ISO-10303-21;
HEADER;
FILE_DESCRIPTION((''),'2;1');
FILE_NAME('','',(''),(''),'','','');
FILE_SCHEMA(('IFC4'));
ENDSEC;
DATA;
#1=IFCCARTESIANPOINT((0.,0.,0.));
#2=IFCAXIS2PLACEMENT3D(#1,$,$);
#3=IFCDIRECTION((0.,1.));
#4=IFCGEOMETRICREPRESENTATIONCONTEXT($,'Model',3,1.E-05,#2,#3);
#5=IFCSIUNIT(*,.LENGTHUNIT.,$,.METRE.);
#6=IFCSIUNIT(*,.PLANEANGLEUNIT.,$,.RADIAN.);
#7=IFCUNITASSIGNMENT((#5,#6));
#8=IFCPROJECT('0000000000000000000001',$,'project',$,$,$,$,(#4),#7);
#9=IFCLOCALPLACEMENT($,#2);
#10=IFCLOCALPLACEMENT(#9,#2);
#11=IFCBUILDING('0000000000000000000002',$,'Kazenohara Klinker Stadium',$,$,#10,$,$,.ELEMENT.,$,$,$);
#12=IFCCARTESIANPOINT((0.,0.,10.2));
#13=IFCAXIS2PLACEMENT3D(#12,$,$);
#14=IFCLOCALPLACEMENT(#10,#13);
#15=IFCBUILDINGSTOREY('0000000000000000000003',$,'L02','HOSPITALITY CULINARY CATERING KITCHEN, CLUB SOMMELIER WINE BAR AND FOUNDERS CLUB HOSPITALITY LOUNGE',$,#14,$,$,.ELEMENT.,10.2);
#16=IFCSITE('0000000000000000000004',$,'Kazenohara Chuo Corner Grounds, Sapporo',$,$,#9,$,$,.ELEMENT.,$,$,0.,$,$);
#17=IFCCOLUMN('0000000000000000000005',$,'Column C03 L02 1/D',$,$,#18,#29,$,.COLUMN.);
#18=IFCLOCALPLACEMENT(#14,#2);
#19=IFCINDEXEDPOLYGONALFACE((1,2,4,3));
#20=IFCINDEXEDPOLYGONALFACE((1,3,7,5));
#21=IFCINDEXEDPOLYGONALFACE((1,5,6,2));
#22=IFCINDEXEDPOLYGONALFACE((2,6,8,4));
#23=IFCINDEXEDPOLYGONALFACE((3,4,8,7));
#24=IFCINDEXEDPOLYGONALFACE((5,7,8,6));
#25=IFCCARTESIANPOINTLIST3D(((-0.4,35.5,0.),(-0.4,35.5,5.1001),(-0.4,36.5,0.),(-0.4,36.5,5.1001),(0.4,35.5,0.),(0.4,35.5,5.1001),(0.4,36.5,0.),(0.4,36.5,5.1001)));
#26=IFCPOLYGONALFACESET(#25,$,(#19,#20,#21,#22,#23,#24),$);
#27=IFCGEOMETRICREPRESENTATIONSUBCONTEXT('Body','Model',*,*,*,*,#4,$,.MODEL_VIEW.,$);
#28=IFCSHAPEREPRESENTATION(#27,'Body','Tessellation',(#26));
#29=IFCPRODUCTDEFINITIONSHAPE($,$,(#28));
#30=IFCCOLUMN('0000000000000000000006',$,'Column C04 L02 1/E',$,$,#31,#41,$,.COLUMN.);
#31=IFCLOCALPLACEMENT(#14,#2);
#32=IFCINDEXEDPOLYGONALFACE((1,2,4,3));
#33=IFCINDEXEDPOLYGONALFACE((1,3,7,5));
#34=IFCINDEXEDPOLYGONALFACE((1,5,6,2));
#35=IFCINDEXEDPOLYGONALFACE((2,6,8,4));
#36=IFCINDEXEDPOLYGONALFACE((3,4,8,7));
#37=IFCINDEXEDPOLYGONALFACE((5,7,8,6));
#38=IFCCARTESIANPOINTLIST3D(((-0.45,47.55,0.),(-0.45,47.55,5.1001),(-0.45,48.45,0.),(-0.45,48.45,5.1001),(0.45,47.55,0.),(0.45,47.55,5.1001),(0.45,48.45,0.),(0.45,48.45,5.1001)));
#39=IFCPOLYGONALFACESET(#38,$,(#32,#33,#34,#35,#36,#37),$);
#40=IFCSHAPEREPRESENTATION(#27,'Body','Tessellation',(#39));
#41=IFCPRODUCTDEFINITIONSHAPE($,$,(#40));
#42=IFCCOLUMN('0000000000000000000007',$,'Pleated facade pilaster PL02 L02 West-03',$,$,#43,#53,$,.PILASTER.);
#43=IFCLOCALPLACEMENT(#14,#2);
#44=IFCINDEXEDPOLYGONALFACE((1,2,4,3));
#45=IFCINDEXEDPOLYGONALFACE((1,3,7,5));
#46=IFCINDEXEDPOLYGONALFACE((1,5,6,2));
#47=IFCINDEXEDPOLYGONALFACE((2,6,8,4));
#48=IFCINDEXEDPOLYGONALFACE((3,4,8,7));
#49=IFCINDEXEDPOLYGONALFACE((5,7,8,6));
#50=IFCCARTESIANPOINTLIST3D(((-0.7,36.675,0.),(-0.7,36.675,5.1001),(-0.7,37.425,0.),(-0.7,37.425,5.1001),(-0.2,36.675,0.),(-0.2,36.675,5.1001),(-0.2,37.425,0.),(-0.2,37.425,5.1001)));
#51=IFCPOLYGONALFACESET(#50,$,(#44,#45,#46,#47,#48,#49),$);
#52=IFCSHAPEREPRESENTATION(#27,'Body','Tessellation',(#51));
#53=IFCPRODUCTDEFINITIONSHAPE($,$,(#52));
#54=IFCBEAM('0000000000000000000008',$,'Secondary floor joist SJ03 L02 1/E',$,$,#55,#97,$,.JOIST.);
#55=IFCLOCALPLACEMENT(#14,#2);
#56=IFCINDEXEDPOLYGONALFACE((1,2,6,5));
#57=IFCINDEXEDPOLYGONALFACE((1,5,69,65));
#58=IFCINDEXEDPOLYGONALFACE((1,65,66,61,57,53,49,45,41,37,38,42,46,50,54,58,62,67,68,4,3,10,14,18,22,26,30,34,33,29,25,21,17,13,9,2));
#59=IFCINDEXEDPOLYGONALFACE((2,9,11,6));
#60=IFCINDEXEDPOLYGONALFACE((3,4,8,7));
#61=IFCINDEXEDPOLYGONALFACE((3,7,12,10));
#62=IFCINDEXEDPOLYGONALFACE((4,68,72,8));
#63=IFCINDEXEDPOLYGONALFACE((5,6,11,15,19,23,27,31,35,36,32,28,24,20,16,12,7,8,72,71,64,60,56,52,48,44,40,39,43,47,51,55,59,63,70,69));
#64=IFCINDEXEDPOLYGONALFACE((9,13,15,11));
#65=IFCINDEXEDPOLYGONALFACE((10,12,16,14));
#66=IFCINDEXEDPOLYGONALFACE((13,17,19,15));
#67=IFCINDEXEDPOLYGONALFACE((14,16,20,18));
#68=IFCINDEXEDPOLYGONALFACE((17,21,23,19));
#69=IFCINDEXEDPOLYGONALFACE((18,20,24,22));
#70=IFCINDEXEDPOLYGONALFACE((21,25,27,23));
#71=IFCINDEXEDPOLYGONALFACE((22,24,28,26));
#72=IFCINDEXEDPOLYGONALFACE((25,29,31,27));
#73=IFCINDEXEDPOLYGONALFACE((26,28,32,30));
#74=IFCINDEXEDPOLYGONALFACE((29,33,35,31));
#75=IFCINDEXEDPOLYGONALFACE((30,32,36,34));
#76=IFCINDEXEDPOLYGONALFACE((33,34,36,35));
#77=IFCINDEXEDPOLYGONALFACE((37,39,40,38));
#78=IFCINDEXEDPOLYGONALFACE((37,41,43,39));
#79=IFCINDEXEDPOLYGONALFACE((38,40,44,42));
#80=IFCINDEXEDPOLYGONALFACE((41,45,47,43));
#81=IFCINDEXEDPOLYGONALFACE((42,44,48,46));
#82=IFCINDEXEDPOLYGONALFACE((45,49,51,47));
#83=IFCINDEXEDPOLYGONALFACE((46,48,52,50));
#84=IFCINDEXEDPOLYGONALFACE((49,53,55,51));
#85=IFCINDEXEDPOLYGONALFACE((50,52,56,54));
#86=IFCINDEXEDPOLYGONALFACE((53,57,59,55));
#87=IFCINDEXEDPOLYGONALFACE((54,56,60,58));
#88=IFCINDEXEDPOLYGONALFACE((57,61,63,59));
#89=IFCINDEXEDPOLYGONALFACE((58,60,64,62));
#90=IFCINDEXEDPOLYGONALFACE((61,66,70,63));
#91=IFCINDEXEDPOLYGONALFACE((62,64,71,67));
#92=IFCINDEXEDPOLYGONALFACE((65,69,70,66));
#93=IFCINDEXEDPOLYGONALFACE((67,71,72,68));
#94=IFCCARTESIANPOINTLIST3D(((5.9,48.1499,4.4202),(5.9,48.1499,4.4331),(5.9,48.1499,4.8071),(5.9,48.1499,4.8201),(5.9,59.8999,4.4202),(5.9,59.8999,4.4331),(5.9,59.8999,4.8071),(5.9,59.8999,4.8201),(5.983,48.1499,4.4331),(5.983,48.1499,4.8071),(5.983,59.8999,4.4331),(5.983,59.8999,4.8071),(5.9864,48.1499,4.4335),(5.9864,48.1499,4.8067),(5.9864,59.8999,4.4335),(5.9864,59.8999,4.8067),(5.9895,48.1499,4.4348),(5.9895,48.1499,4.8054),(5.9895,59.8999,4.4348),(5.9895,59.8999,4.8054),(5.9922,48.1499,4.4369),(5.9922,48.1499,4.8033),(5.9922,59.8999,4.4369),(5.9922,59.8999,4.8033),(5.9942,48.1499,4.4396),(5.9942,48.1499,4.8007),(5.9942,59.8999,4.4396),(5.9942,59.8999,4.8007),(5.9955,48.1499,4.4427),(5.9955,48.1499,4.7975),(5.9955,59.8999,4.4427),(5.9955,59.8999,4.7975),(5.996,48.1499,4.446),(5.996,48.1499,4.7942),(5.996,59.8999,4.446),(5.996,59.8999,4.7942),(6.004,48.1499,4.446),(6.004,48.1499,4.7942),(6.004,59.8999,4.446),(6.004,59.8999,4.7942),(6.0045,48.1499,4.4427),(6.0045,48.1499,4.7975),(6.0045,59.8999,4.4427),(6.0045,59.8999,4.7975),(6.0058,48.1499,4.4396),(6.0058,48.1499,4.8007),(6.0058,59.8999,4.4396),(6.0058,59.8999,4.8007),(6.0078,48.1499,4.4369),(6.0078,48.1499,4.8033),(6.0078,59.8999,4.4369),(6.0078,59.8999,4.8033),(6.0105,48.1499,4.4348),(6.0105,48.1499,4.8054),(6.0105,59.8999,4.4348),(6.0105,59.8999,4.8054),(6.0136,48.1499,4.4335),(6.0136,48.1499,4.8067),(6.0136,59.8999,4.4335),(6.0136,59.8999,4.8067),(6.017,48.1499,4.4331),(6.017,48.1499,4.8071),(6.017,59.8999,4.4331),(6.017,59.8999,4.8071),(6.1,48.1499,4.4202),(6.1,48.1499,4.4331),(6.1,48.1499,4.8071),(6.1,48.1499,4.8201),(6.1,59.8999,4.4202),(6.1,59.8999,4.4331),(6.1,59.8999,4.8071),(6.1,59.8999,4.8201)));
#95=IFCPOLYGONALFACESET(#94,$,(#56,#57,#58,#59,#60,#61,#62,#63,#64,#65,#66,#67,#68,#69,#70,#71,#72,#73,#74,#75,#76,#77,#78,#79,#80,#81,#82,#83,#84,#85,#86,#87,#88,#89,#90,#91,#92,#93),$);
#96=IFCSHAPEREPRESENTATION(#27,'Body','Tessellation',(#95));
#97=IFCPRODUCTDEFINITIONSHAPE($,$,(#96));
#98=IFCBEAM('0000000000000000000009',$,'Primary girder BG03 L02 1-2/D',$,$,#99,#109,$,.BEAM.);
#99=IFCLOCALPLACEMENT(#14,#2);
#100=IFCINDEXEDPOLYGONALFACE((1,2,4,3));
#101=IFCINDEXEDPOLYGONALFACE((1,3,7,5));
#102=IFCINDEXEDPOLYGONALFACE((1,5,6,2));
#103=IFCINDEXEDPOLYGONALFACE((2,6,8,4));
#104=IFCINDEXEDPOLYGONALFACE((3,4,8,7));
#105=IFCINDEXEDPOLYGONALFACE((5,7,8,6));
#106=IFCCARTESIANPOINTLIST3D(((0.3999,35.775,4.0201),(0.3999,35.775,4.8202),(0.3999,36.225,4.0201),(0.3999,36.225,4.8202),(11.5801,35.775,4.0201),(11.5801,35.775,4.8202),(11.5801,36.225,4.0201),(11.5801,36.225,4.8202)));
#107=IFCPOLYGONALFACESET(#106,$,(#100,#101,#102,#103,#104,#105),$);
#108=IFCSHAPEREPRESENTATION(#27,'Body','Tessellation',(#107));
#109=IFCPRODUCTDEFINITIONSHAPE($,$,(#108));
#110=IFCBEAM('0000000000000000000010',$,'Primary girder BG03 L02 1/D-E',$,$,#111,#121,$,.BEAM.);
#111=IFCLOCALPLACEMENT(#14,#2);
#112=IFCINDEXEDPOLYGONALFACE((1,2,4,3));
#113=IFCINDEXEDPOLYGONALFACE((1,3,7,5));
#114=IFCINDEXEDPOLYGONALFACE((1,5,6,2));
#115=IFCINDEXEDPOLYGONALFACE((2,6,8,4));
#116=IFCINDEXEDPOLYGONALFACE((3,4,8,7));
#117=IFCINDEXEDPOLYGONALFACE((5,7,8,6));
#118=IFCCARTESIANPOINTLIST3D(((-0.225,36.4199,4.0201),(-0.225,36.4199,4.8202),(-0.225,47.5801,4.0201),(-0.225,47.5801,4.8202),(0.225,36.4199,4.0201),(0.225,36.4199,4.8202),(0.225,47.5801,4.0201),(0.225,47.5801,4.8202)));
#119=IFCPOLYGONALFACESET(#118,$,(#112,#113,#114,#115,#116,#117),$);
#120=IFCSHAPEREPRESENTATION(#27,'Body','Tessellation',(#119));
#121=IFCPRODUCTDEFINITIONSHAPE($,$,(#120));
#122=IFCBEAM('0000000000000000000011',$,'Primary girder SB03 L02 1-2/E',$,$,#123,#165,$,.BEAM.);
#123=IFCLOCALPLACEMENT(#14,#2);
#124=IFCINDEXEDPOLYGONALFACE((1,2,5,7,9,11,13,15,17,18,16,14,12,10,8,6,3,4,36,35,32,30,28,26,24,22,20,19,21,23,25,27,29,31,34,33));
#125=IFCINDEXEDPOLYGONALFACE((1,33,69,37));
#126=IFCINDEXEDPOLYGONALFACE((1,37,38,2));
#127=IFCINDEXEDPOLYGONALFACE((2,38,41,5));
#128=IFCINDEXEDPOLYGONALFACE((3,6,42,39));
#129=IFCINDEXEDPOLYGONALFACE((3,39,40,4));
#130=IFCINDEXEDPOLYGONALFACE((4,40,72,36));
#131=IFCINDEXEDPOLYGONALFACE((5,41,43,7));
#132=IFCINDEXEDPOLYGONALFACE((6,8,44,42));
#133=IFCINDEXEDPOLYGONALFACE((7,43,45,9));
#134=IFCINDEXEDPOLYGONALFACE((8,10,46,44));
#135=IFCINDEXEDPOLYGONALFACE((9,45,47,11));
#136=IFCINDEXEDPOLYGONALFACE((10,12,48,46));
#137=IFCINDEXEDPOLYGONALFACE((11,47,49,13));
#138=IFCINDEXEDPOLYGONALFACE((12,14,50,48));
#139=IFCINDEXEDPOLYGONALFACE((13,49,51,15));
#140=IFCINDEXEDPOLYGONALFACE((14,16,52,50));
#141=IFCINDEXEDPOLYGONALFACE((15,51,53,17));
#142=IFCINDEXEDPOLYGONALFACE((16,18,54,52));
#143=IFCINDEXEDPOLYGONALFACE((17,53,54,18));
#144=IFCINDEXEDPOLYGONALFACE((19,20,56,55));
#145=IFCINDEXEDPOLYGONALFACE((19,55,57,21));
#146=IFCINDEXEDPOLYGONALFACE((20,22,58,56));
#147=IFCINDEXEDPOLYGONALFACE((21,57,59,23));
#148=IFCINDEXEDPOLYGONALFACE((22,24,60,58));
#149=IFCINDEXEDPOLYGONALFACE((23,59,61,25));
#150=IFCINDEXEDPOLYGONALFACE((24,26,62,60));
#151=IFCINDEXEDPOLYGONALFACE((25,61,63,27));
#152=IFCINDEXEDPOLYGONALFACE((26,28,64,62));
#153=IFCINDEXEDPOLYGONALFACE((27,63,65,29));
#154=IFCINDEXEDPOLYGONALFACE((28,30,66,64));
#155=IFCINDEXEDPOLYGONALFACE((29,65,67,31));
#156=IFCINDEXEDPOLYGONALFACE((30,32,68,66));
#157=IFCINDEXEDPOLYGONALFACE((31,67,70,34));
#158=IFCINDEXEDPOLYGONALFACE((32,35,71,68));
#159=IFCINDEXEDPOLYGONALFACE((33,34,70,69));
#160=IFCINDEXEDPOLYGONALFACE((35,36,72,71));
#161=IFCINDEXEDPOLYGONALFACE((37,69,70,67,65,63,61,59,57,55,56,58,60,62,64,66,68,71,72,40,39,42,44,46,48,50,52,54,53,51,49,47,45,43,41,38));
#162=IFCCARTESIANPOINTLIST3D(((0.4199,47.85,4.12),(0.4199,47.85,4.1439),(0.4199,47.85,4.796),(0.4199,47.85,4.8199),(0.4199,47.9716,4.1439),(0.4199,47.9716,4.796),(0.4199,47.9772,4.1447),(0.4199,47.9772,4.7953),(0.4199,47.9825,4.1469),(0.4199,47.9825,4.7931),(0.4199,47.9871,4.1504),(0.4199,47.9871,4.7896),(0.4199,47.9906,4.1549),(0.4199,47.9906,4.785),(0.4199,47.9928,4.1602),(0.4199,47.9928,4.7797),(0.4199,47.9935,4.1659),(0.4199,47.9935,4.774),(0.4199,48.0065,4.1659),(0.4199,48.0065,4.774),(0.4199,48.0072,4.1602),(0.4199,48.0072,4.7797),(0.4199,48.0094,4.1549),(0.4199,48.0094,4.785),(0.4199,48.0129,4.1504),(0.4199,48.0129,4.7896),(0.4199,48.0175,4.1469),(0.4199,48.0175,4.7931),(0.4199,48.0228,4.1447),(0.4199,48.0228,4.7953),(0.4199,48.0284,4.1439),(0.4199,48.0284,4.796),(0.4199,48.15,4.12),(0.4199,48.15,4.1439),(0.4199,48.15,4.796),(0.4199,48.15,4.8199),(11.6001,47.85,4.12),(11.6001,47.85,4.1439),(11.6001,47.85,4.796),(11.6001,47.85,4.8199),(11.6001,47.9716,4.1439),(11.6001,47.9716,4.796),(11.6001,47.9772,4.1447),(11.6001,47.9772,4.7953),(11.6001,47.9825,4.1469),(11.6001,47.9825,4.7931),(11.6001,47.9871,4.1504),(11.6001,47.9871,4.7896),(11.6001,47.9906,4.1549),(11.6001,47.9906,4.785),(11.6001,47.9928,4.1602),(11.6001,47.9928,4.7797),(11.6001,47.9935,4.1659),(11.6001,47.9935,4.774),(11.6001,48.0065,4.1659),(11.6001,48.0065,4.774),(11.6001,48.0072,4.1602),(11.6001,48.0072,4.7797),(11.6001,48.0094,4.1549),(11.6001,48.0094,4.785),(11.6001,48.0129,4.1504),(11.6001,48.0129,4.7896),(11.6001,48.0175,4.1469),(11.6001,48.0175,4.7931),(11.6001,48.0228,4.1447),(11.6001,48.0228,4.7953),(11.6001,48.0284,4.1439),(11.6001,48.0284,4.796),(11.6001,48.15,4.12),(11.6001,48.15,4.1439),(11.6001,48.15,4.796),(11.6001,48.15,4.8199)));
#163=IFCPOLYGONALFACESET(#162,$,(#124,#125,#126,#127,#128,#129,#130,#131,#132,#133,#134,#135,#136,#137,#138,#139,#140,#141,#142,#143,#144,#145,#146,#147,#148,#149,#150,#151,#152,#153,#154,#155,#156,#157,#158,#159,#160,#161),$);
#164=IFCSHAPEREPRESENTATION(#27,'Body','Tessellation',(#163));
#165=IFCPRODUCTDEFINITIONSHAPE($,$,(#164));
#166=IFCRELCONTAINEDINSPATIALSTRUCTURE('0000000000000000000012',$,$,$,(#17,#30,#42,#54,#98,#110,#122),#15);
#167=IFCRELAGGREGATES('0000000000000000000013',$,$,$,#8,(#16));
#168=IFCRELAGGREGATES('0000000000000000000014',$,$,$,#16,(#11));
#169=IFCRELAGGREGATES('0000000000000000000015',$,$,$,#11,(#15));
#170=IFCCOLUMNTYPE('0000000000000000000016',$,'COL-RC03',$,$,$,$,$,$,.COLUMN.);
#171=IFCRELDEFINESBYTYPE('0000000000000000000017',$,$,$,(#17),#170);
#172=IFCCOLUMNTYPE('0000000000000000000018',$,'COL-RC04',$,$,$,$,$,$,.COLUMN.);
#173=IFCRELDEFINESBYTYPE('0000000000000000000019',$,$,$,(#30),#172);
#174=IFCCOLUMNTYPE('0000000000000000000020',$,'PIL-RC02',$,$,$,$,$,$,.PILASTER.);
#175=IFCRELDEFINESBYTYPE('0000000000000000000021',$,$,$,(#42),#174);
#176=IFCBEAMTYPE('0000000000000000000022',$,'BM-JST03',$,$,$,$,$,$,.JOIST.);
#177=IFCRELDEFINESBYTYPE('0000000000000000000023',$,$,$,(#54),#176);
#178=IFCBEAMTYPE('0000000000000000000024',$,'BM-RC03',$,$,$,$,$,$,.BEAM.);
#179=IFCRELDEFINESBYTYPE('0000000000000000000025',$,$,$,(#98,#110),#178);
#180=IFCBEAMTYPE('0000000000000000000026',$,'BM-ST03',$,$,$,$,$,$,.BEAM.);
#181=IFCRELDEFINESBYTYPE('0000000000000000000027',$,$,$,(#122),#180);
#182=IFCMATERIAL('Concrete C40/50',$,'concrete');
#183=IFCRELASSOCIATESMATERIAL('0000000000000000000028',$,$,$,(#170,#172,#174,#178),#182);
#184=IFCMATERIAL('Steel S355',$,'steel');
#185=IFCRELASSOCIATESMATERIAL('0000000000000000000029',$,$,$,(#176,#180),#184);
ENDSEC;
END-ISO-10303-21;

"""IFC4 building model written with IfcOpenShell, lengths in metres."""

from ifc_helpers import new_model, si_unit, direction, frame, origin, origin_2d, place, context, subcontext, project, spatial, rectangle, i_section, extrude, material, material_profile, profile_set, type_object, element, save


model = new_model("IFC4")

# Units and contexts
model_context = context("Model", 3, precision=1e-05, world=origin(), true_north=direction((0.0, 1.0)))
body_context = subcontext(model_context, "Body", "Model", "MODEL_VIEW")
ifc_project = project(units=[si_unit("LENGTHUNIT", "METRE"), si_unit("PLANEANGLEUNIT", "RADIAN")], contexts=[model_context])

# Site, building, storey
site_placement = place(None, origin())
site = spatial("IfcSite", under=ifc_project, at=site_placement, Name="Kazenohara Chuo Corner Grounds, Sapporo", CompositionType="ELEMENT", RefElevation=0.0)
building_placement = place(site_placement, origin())
building = spatial("IfcBuilding", under=site, at=building_placement, Name="Kazenohara Klinker Stadium", CompositionType="ELEMENT")
storey_placement = place(building_placement, frame((0.0, 0.0, 10.2)))
storey = spatial("IfcBuildingStorey", under=building, at=storey_placement, Name="L02", Description="HOSPITALITY CULINARY CATERING KITCHEN, CLUB SOMMELIER WINE BAR AND FOUNDERS CLUB HOSPITALITY LOUNGE", CompositionType="ELEMENT", Elevation=10.2)

# Columns
ifc_material_1 = material(Name="Concrete C40/50", Category="concrete")
ifc_material_profile_1 = material_profile(ifc_material_1, rectangle(XDim=0.8, YDim=1.0, at=origin_2d()), Name="RC-COL-1000x800")
ifc_profile_set_1 = profile_set([ifc_material_profile_1], Name="Concrete C40/50")
column_type_1 = type_object("IfcColumnType", Name="COL-RC03", PredefinedType="COLUMN", material=ifc_profile_set_1)
column_1_placement = place(storey_placement, frame((0.0, 36.0, 0.0), z_axis=(0.0, 0.0, 1.0), x_axis=(1.0, 0.0, 0.0)))
element("IfcColumn", 1, at=column_1_placement, inside=storey, type_object=column_type_1, Name="Column C03 L02 1/D", PredefinedType="COLUMN", context=body_context, shape_type="SweptSolid", body=[
    extrude(rectangle(XDim=0.8, YDim=1.0, at=origin_2d()), origin(), (0.0, 0.0, 1.0), 5.1001),
])
ifc_material_profile_2 = material_profile(ifc_material_1, rectangle(XDim=0.8999, YDim=0.8999, at=origin_2d()), Name="RC-COL-900x900")
ifc_profile_set_2 = profile_set([ifc_material_profile_2], Name="Concrete C40/50")
column_type_2 = type_object("IfcColumnType", Name="COL-RC04", PredefinedType="COLUMN", material=ifc_profile_set_2)
column_2_placement = place(storey_placement, frame((0.0, 48.0, 0.0), z_axis=(0.0, 0.0, 1.0), x_axis=(1.0, 0.0, 0.0)))
element("IfcColumn", 2, at=column_2_placement, inside=storey, type_object=column_type_2, Name="Column C04 L02 1/E", PredefinedType="COLUMN", context=body_context, shape_type="SweptSolid", body=[
    extrude(rectangle(XDim=0.8999, YDim=0.8999, at=origin_2d()), origin(), (0.0, 0.0, 1.0), 5.1001),
])
ifc_material_profile_3 = material_profile(ifc_material_1, rectangle(XDim=0.5, YDim=0.75, at=origin_2d()), Name="RC-PILASTER-500x750")
ifc_profile_set_3 = profile_set([ifc_material_profile_3], Name="Concrete C40/50")
column_type_3 = type_object("IfcColumnType", Name="PIL-RC02", PredefinedType="PILASTER", material=ifc_profile_set_3)
column_3_placement = place(storey_placement, frame((-0.45, 37.05, 0.0), z_axis=(0.0, 0.0, 1.0), x_axis=(1.0, 0.0, 0.0)))
element("IfcColumn", 3, at=column_3_placement, inside=storey, type_object=column_type_3, Name="Pleated facade pilaster PL02 L02 West-03", PredefinedType="PILASTER", context=body_context, shape_type="SweptSolid", body=[
    extrude(rectangle(XDim=0.5, YDim=0.75, at=origin_2d()), origin(), (0.0, 0.0, 1.0), 5.1001),
])

# Beams
ifc_material_2 = material(Name="Steel S355", Category="steel")
ifc_material_profile_4 = material_profile(ifc_material_2, i_section(OverallWidth=0.2, OverallDepth=0.3999, WebThickness=0.0081, FlangeThickness=0.0129, FilletRadius=0.0129, at=origin_2d()), Name="H-400x200x8x13")
ifc_profile_set_4 = profile_set([ifc_material_profile_4], Name="Steel S355")
beam_type_1 = type_object("IfcBeamType", Name="BM-JST03", PredefinedType="JOIST", material=ifc_profile_set_4)
beam_1_placement = place(storey_placement, frame((6.0, 48.1499, 4.6201), z_axis=(0.0, 1.0, 0.0), x_axis=(-1.0, 0.0, 0.0)))
element("IfcBeam", 4, at=beam_1_placement, inside=storey, type_object=beam_type_1, Name="Secondary floor joist SJ03 L02 1/E", PredefinedType="JOIST", context=body_context, shape_type="SweptSolid", body=[
    extrude(i_section(OverallWidth=0.2, OverallDepth=0.3999, WebThickness=0.0081, FlangeThickness=0.0129, FilletRadius=0.0129, at=origin_2d()), origin(), (0.0, 0.0, 1.0), 11.75),
])
ifc_material_profile_5 = material_profile(ifc_material_1, rectangle(XDim=0.45, YDim=0.8, at=origin_2d()), Name="RC-BM-450x800")
ifc_profile_set_5 = profile_set([ifc_material_profile_5], Name="Concrete C40/50")
beam_type_2 = type_object("IfcBeamType", Name="BM-RC03", PredefinedType="BEAM", material=ifc_profile_set_5)
beam_2_placement = place(storey_placement, frame((0.3999, 36.0, 4.4202), z_axis=(1.0, 0.0, 0.0), x_axis=(0.0, 1.0, 0.0)))
element("IfcBeam", 5, at=beam_2_placement, inside=storey, type_object=beam_type_2, Name="Primary girder BG03 L02 1-2/D", PredefinedType="BEAM", context=body_context, shape_type="SweptSolid", body=[
    extrude(rectangle(XDim=0.45, YDim=0.8, at=origin_2d()), origin(), (0.0, 0.0, 1.0), 11.1802),
])
beam_3_placement = place(storey_placement, frame((0.0, 36.4199, 4.4202), z_axis=(0.0, 1.0, 0.0), x_axis=(-1.0, 0.0, 0.0)))
element("IfcBeam", 6, at=beam_3_placement, inside=storey, type_object=beam_type_2, Name="Primary girder BG03 L02 1/D-E", PredefinedType="BEAM", context=body_context, shape_type="SweptSolid", body=[
    extrude(rectangle(XDim=0.45, YDim=0.8, at=origin_2d()), origin(), (0.0, 0.0, 1.0), 11.1602),
])
ifc_material_profile_6 = material_profile(ifc_material_2, i_section(OverallWidth=0.3, OverallDepth=0.7, WebThickness=0.0129, FlangeThickness=0.0239, FilletRadius=0.022, at=origin_2d()), Name="H-700x300x13x24")
ifc_profile_set_6 = profile_set([ifc_material_profile_6], Name="Steel S355")
beam_type_3 = type_object("IfcBeamType", Name="BM-ST03", PredefinedType="BEAM", material=ifc_profile_set_6)
for number, where, z_axis, x_axis, name in (
    (7, (0.4199, 48.0, 4.47), (1.0, 0.0, 0.0), (0.0, 1.0, 0.0), "Primary girder SB03 L02 1-2/E"),
):
    element("IfcBeam", number, at=place(storey_placement, frame(where, z_axis=z_axis, x_axis=x_axis)), inside=storey, type_object=beam_type_3, Name=name, PredefinedType="BEAM", context=body_context, shape_type="SweptSolid", body=[
        extrude(i_section(OverallWidth=0.3, OverallDepth=0.7, WebThickness=0.0129, FlangeThickness=0.0239, FilletRadius=0.022, at=origin_2d()), origin(), (0.0, 0.0, 1.0), 11.1802),
    ])

save(model, "model.ifc")
